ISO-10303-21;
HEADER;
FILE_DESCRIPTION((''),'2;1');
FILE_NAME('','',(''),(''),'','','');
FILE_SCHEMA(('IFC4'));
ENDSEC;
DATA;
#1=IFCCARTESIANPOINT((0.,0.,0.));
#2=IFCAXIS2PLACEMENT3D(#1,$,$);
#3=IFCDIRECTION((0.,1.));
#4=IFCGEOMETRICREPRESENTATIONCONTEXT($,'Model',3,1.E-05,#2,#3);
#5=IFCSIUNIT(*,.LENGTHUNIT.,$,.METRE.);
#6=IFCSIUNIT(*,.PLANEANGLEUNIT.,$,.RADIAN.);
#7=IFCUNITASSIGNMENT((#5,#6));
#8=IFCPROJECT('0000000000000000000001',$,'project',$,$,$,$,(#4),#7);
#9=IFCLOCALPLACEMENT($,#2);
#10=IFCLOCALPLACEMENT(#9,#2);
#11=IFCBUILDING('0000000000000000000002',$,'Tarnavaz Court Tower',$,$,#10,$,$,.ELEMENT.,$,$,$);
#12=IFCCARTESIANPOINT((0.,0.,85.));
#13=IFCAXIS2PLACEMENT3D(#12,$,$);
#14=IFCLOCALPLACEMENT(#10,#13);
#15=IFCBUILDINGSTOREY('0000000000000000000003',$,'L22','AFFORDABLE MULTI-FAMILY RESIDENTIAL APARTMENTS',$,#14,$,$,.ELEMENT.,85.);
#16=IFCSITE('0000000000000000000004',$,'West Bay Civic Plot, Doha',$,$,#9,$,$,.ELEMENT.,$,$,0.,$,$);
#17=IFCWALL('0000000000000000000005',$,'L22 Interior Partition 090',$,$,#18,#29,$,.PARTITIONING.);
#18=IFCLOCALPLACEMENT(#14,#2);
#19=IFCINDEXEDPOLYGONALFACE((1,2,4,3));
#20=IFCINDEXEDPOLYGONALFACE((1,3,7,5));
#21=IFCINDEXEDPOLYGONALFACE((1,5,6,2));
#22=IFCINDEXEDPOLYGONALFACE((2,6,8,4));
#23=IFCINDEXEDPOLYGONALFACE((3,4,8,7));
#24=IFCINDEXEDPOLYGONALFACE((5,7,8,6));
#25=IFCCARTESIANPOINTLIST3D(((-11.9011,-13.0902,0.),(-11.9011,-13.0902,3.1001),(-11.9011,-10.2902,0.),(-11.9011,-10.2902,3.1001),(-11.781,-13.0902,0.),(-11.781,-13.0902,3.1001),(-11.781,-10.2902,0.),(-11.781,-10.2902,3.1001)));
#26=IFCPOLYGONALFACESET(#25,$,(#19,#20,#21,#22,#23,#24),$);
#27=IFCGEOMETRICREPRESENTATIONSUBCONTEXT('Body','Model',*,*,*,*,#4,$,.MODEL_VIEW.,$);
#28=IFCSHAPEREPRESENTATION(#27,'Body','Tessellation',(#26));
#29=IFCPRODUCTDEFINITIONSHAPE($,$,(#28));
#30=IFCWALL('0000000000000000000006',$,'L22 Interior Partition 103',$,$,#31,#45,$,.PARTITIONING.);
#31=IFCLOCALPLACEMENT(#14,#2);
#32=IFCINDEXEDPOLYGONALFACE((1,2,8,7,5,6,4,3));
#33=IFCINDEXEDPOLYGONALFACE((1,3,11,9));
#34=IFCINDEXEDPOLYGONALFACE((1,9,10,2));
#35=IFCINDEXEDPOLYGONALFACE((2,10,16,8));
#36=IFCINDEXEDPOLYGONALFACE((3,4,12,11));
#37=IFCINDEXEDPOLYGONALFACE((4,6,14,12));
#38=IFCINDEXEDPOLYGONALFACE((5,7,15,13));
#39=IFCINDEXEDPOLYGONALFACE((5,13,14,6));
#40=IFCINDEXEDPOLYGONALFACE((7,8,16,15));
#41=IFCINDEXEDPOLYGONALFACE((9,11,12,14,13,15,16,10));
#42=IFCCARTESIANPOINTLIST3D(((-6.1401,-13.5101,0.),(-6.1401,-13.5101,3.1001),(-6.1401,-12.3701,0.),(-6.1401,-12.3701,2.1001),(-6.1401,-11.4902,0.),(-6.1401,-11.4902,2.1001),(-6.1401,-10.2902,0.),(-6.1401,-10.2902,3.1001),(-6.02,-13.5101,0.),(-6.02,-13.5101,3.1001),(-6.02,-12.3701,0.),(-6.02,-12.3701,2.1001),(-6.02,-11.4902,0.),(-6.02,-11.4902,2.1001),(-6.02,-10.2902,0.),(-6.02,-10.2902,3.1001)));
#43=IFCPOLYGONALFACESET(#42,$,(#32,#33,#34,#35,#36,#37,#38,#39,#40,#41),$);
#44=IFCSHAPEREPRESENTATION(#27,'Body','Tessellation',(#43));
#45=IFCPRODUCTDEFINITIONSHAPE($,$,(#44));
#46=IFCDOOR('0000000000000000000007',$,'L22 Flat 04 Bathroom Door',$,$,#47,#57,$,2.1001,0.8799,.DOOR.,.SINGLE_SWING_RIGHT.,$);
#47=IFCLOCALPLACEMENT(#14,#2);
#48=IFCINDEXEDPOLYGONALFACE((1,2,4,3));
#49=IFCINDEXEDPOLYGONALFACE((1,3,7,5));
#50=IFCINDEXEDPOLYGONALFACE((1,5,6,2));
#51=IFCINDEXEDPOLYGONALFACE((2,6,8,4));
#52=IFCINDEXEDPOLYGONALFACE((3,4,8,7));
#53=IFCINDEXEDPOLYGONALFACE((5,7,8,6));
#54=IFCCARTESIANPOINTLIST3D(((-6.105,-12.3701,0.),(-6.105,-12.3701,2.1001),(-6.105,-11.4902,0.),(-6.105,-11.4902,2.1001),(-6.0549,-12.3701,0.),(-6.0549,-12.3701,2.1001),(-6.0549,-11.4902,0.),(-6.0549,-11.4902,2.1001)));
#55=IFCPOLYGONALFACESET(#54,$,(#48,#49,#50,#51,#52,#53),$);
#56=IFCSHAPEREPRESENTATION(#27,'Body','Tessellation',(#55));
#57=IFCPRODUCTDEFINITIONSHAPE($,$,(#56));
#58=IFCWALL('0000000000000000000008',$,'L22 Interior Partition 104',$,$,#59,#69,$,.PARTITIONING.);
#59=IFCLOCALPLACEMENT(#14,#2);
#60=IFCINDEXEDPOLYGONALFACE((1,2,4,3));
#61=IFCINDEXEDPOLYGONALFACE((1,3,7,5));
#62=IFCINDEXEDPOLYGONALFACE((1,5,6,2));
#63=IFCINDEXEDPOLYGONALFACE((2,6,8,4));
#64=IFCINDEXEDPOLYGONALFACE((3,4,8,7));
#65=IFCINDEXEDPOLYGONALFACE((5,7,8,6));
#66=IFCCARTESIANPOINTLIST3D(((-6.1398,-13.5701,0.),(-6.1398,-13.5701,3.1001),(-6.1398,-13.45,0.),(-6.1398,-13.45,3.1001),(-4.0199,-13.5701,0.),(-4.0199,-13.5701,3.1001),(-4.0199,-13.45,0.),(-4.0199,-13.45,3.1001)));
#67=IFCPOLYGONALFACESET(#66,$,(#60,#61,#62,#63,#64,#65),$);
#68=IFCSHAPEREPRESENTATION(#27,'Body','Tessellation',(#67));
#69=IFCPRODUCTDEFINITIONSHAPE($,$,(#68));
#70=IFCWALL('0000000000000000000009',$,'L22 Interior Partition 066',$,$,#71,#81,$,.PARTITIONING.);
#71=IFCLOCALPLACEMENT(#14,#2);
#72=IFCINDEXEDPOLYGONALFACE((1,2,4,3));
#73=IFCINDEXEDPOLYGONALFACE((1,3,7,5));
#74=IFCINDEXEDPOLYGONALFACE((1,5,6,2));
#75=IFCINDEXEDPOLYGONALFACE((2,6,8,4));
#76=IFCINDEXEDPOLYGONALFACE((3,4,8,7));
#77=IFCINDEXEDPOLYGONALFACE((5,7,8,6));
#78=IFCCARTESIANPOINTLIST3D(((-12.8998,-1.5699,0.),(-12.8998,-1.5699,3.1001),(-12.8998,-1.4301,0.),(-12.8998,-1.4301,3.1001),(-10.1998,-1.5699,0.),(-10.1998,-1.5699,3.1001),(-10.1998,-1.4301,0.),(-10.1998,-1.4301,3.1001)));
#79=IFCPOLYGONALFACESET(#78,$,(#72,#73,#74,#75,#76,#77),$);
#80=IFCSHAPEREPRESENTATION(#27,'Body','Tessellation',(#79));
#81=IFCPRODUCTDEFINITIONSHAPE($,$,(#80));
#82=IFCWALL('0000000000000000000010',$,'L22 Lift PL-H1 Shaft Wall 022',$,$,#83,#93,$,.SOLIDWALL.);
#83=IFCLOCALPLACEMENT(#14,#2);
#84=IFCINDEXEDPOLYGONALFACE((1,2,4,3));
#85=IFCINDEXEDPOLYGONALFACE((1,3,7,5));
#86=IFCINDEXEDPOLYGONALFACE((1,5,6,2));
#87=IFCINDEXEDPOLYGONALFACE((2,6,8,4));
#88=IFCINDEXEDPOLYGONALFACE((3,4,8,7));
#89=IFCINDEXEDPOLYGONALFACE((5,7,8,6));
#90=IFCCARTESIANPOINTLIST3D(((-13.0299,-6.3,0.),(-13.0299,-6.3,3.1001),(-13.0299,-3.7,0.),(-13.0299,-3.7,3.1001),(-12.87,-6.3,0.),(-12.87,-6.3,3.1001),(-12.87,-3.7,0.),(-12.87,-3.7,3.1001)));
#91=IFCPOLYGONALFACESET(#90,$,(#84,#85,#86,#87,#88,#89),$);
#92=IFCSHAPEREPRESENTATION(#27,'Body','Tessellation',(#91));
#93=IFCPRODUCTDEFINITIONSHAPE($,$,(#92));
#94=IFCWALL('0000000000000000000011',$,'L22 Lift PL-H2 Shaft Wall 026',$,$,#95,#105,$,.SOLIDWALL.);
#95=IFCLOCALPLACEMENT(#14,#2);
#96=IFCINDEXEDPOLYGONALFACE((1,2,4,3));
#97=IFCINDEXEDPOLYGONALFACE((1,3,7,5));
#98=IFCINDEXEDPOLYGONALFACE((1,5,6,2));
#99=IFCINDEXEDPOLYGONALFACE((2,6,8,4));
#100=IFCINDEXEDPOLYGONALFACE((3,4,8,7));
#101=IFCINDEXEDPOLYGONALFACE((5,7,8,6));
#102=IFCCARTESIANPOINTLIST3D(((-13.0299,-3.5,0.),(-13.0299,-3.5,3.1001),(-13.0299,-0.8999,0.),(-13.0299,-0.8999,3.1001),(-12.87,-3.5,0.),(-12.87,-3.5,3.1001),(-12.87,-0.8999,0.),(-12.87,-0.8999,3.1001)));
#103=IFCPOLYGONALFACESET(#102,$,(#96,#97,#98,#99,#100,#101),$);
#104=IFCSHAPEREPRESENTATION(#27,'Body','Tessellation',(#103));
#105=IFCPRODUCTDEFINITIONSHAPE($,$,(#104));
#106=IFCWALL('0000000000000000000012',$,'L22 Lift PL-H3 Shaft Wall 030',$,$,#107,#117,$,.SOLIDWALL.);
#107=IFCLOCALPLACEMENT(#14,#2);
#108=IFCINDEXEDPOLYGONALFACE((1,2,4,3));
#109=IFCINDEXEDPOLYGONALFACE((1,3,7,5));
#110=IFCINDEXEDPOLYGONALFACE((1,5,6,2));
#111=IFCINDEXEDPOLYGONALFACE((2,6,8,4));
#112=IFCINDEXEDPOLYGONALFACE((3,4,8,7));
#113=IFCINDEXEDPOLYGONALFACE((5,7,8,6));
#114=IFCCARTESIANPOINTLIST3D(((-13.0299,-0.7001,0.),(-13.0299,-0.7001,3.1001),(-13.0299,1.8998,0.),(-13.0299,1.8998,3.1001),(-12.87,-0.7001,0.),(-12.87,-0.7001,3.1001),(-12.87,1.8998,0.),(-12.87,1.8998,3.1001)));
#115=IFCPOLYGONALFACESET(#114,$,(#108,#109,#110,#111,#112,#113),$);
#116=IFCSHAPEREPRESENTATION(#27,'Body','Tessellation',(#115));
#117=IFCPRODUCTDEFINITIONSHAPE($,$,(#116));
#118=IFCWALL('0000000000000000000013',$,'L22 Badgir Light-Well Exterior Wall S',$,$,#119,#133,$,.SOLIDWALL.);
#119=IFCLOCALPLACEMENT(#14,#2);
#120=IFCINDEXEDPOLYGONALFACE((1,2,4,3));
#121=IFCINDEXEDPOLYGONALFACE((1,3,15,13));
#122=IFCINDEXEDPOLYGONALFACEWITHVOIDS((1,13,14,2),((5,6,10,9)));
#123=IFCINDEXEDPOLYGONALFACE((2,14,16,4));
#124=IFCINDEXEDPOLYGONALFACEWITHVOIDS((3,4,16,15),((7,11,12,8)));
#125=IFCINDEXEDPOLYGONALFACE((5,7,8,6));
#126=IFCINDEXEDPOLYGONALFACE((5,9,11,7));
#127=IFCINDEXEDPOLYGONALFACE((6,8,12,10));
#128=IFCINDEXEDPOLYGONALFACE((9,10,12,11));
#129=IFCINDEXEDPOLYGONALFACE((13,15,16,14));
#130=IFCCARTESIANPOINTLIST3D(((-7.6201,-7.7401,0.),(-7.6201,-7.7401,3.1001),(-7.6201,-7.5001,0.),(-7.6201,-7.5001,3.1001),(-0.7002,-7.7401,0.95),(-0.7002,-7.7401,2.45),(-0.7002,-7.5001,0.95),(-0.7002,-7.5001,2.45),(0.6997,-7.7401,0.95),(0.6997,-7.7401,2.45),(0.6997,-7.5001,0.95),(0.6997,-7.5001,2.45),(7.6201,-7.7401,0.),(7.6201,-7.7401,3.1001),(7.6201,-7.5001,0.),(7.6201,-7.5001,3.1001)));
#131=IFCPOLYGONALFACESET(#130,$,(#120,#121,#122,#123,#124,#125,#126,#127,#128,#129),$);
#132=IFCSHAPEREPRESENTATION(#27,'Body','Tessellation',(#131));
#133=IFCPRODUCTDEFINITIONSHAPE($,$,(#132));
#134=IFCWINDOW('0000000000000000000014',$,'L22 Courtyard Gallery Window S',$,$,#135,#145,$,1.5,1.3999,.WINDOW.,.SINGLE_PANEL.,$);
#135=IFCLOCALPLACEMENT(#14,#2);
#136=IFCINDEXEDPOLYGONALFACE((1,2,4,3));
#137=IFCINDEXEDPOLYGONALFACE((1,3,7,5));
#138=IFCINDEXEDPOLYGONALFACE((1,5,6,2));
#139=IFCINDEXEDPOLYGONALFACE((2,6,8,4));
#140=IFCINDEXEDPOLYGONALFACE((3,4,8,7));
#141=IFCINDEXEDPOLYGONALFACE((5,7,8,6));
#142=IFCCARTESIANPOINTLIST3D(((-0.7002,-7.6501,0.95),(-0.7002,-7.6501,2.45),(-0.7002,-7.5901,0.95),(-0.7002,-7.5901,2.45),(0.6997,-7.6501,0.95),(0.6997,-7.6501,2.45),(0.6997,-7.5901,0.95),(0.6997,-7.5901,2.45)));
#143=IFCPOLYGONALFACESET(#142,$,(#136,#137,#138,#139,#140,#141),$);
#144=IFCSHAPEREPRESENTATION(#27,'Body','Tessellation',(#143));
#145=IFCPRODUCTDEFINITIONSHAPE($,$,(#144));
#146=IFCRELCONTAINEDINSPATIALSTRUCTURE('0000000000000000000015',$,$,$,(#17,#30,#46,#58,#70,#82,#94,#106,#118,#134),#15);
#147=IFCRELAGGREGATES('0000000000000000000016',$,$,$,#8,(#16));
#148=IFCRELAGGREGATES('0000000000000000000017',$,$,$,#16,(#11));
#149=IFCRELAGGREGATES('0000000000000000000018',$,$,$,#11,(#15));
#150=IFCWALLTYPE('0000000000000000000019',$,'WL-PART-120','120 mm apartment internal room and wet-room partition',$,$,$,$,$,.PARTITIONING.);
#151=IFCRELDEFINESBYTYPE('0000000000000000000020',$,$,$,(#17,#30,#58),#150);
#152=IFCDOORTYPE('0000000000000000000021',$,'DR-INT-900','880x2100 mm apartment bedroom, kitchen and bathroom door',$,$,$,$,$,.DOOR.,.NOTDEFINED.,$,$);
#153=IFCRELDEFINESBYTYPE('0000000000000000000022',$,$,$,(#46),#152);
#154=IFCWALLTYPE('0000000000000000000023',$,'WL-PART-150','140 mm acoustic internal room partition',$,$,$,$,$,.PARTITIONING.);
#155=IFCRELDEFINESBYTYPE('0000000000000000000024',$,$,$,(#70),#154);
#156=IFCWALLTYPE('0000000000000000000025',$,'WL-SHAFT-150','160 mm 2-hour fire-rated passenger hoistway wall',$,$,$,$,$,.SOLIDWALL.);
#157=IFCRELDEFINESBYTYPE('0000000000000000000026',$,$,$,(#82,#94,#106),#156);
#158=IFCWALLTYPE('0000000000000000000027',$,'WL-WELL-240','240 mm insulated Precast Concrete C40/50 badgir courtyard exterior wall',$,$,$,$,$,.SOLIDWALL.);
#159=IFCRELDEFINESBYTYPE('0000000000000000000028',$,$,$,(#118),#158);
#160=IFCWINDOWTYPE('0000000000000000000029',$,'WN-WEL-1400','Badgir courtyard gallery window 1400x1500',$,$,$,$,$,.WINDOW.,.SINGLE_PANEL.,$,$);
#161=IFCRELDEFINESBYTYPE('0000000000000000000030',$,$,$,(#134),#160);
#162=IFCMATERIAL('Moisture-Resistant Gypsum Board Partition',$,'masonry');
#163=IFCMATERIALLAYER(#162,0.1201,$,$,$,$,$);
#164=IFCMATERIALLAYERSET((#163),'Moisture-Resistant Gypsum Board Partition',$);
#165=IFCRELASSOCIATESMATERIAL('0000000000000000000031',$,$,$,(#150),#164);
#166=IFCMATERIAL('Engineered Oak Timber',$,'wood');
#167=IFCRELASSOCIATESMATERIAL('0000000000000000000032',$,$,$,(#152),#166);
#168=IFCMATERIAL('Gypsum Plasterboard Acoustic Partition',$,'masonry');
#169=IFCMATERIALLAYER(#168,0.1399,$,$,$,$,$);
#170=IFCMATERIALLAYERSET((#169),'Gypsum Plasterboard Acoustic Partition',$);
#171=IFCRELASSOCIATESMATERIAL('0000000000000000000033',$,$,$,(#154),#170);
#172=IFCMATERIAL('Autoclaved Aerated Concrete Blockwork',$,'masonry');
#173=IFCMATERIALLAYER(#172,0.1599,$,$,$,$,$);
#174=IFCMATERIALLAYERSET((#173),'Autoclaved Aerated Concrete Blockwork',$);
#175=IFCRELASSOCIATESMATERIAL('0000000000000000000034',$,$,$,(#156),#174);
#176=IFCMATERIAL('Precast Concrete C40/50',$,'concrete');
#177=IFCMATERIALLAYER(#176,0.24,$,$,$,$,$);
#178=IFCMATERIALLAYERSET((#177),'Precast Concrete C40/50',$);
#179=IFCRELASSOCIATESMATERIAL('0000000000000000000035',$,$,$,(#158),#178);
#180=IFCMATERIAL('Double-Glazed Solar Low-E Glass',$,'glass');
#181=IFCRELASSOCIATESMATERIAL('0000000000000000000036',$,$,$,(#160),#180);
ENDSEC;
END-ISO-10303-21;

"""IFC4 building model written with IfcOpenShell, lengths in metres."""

from ifc_helpers import new_model, si_unit, direction, frame, frame_2d, origin, place, context, subcontext, project, spatial, rectangle, extrude, material, layer, layer_set, type_object, element, fill, save


model = new_model("IFC4")

# Units and contexts
model_context = context("Model", 3, precision=1e-05, world=origin(), true_north=direction((0.0, 1.0)))
body_context = subcontext(model_context, "Body", "Model", "MODEL_VIEW")
ifc_project = project(units=[si_unit("LENGTHUNIT", "METRE"), si_unit("PLANEANGLEUNIT", "RADIAN")], contexts=[model_context])

# Site, building, storey
site_placement = place(None, origin())
site = spatial("IfcSite", under=ifc_project, at=site_placement, Name="West Bay Civic Plot, Doha", CompositionType="ELEMENT", RefElevation=0.0)
building_placement = place(site_placement, origin())
building = spatial("IfcBuilding", under=site, at=building_placement, Name="Tarnavaz Court Tower", CompositionType="ELEMENT")
storey_placement = place(building_placement, frame((0.0, 0.0, 85.0)))
storey = spatial("IfcBuildingStorey", under=building, at=storey_placement, Name="L22", Description="AFFORDABLE MULTI-FAMILY RESIDENTIAL APARTMENTS", CompositionType="ELEMENT", Elevation=85.0)

# Shared definitions
ifc_material_1 = material(Name="Moisture-Resistant Gypsum Board Partition", Category="masonry")
ifc_layer_1 = layer(ifc_material_1, 0.1201)
ifc_layer_set_1 = layer_set([ifc_layer_1], Name="Moisture-Resistant Gypsum Board Partition")
wall_type_1 = type_object("IfcWallType", Name="WL-PART-120", Description="120 mm apartment internal room and wet-room partition", PredefinedType="PARTITIONING", material=ifc_layer_set_1)
ifc_material_2 = material(Name="Engineered Oak Timber", Category="wood")
door_type_1 = type_object("IfcDoorType", Name="DR-INT-900", Description="880x2100 mm apartment bedroom, kitchen and bathroom door", OperationType="NOTDEFINED", PredefinedType="DOOR", material=ifc_material_2)

# Wall
wall_1_placement = place(storey_placement, frame((-11.8411, -13.0901, 0.0), z_axis=(0.0, 0.0, 1.0), x_axis=(0.0, 1.0, 0.0)))
element("IfcWall", 1, at=wall_1_placement, inside=storey, type_object=wall_type_1, Name="L22 Interior Partition 090", PredefinedType="PARTITIONING", context=body_context, shape_type="SweptSolid", body=[
    extrude(rectangle(XDim=2.8, YDim=0.1201, at=frame_2d((1.3999, 0.0))), origin(), (0.0, 0.0, 1.0), 3.1001),
])

# Wall, opening, door
wall_2_placement = place(storey_placement, frame((-6.0801, -13.51, 0.0), z_axis=(0.0, 0.0, 1.0), x_axis=(0.0, 1.0, 0.0)))
wall_2 = element("IfcWall", 2, at=wall_2_placement, inside=storey, type_object=wall_type_1, Name="L22 Interior Partition 103", PredefinedType="PARTITIONING", context=body_context, shape_type="SweptSolid", body=[
    extrude(rectangle(XDim=3.22, YDim=0.1201, at=frame_2d((1.6099, 0.0))), origin(), (0.0, 0.0, 1.0), 3.1001),
])
opening_1_placement = place(wall_2_placement, frame((1.1399, 0.0, 0.0)))
opening_1 = element("IfcOpeningElement", 3, at=opening_1_placement, cuts=wall_2, PredefinedType="OPENING", context=body_context, shape_type="SweptSolid", body=[
    extrude(rectangle(XDim=0.8799, YDim=2.1001, at=frame_2d((0.4399, 1.05))), frame((0.0, 0.0701, 0.0), z_axis=(0.0, -1.0, 0.0), x_axis=(1.0, 0.0, 0.0)), (0.0, 0.0, 1.0), 0.1401),
])
door_1_placement = place(opening_1_placement, origin())
door_1 = element("IfcDoor", 4, at=door_1_placement, inside=storey, type_object=door_type_1, Name="L22 Flat 04 Bathroom Door", OperationType="SINGLE_SWING_RIGHT", OverallHeight=2.1001, OverallWidth=0.8799, PredefinedType="DOOR", context=body_context, shape_type="SweptSolid", body=[
    extrude(rectangle(XDim=0.8799, YDim=2.1001, at=frame_2d((0.4399, 1.05))), frame((0.0, 0.0249, 0.0), z_axis=(0.0, -1.0, 0.0), x_axis=(1.0, 0.0, 0.0)), (0.0, 0.0, 1.0), 0.05),
])
fill(opening_1, door_1)

# Wall
wall_3_placement = place(storey_placement, frame((-6.1399, -13.51, 0.0), z_axis=(0.0, 0.0, 1.0), x_axis=(1.0, 0.0, 0.0)))
element("IfcWall", 5, at=wall_3_placement, inside=storey, type_object=wall_type_1, Name="L22 Interior Partition 104", PredefinedType="PARTITIONING", context=body_context, shape_type="SweptSolid", body=[
    extrude(rectangle(XDim=2.1199, YDim=0.1201, at=frame_2d((1.0601, 0.0))), origin(), (0.0, 0.0, 1.0), 3.1001),
])

# Shared definitions
ifc_material_3 = material(Name="Gypsum Plasterboard Acoustic Partition", Category="masonry")
ifc_layer_2 = layer(ifc_material_3, 0.1399)
ifc_layer_set_2 = layer_set([ifc_layer_2], Name="Gypsum Plasterboard Acoustic Partition")
wall_type_2 = type_object("IfcWallType", Name="WL-PART-150", Description="140 mm acoustic internal room partition", PredefinedType="PARTITIONING", material=ifc_layer_set_2)

# Walls
wall_4_placement = place(storey_placement, frame((-12.8999, -1.5, 0.0), z_axis=(0.0, 0.0, 1.0), x_axis=(1.0, 0.0, 0.0)))
element("IfcWall", 6, at=wall_4_placement, inside=storey, type_object=wall_type_2, Name="L22 Interior Partition 066", PredefinedType="PARTITIONING", context=body_context, shape_type="SweptSolid", body=[
    extrude(rectangle(XDim=2.7, YDim=0.1399, at=frame_2d((1.3501, 0.0))), origin(), (0.0, 0.0, 1.0), 3.1001),
])
ifc_material_4 = material(Name="Autoclaved Aerated Concrete Blockwork", Category="masonry")
ifc_layer_3 = layer(ifc_material_4, 0.1599)
ifc_layer_set_3 = layer_set([ifc_layer_3], Name="Autoclaved Aerated Concrete Blockwork")
wall_type_3 = type_object("IfcWallType", Name="WL-SHAFT-150", Description="160 mm 2-hour fire-rated passenger hoistway wall", PredefinedType="SOLIDWALL", material=ifc_layer_set_3)
for number, where, z_axis, x_axis, name in (
    (7, (-12.95, -6.3, 0.0), (0.0, 0.0, 1.0), (0.0, 1.0, 0.0), "L22 Lift PL-H1 Shaft Wall 022"),
    (8, (-12.95, -3.5, 0.0), (0.0, 0.0, 1.0), (0.0, 1.0, 0.0), "L22 Lift PL-H2 Shaft Wall 026"),
):
    element("IfcWall", number, at=place(storey_placement, frame(where, z_axis=z_axis, x_axis=x_axis)), inside=storey, type_object=wall_type_3, Name=name, PredefinedType="SOLIDWALL", context=body_context, shape_type="SweptSolid", body=[
        extrude(rectangle(XDim=2.6001, YDim=0.1599, at=frame_2d((1.3, 0.0))), origin(), (0.0, 0.0, 1.0), 3.1001),
    ])
wall_5_placement = place(storey_placement, frame((-12.95, -0.7, 0.0), z_axis=(0.0, 0.0, 1.0), x_axis=(0.0, 1.0, 0.0)))
element("IfcWall", 9, at=wall_5_placement, inside=storey, type_object=wall_type_3, Name="L22 Lift PL-H3 Shaft Wall 030", PredefinedType="SOLIDWALL", context=body_context, shape_type="SweptSolid", body=[
    extrude(rectangle(XDim=2.5999, YDim=0.1599, at=frame_2d((1.2998, 0.0))), origin(), (0.0, 0.0, 1.0), 3.1001),
])

# Wall, opening, window
ifc_material_5 = material(Name="Precast Concrete C40/50", Category="concrete")
ifc_layer_4 = layer(ifc_material_5, 0.24)
ifc_layer_set_4 = layer_set([ifc_layer_4], Name="Precast Concrete C40/50")
wall_type_4 = type_object("IfcWallType", Name="WL-WELL-240", Description="240 mm insulated Precast Concrete C40/50 badgir courtyard exterior wall", PredefinedType="SOLIDWALL", material=ifc_layer_set_4)
wall_6_placement = place(storey_placement, frame((-7.6201, -7.6201, 0.0), z_axis=(0.0, 0.0, 1.0), x_axis=(1.0, 0.0, 0.0)))
wall_6 = element("IfcWall", 10, at=wall_6_placement, inside=storey, type_object=wall_type_4, Name="L22 Badgir Light-Well Exterior Wall S", PredefinedType="SOLIDWALL", context=body_context, shape_type="SweptSolid", body=[
    extrude(rectangle(XDim=15.2402, YDim=0.24, at=frame_2d((7.6201, 0.0))), origin(), (0.0, 0.0, 1.0), 3.1001),
])
opening_2_placement = place(wall_6_placement, frame((6.9199, 0.0, 0.95)))
opening_2 = element("IfcOpeningElement", 11, at=opening_2_placement, cuts=wall_6, PredefinedType="OPENING", context=body_context, shape_type="SweptSolid", body=[
    extrude(rectangle(XDim=1.3999, YDim=1.5, at=frame_2d((0.7, 0.75))), frame((0.0, 0.1299, 0.0), z_axis=(0.0, -1.0, 0.0), x_axis=(1.0, 0.0, 0.0)), (0.0, 0.0, 1.0), 0.26),
])
ifc_material_6 = material(Name="Double-Glazed Solar Low-E Glass", Category="glass")
window_type = type_object("IfcWindowType", Name="WN-WEL-1400", Description="Badgir courtyard gallery window 1400x1500", PartitioningType="SINGLE_PANEL", PredefinedType="WINDOW", material=ifc_material_6)
window_placement = place(opening_2_placement, origin())
window = element("IfcWindow", 12, at=window_placement, inside=storey, type_object=window_type, Name="L22 Courtyard Gallery Window S", OverallHeight=1.5, OverallWidth=1.3999, PartitioningType="SINGLE_PANEL", PredefinedType="WINDOW", context=body_context, shape_type="SweptSolid", body=[
    extrude(rectangle(XDim=1.3999, YDim=1.5, at=frame_2d((0.7, 0.75))), frame((0.0, 0.03, 0.0), z_axis=(0.0, -1.0, 0.0), x_axis=(1.0, 0.0, 0.0)), (0.0, 0.0, 1.0), 0.0601),
])
fill(opening_2, window)

save(model, "model.ifc")
